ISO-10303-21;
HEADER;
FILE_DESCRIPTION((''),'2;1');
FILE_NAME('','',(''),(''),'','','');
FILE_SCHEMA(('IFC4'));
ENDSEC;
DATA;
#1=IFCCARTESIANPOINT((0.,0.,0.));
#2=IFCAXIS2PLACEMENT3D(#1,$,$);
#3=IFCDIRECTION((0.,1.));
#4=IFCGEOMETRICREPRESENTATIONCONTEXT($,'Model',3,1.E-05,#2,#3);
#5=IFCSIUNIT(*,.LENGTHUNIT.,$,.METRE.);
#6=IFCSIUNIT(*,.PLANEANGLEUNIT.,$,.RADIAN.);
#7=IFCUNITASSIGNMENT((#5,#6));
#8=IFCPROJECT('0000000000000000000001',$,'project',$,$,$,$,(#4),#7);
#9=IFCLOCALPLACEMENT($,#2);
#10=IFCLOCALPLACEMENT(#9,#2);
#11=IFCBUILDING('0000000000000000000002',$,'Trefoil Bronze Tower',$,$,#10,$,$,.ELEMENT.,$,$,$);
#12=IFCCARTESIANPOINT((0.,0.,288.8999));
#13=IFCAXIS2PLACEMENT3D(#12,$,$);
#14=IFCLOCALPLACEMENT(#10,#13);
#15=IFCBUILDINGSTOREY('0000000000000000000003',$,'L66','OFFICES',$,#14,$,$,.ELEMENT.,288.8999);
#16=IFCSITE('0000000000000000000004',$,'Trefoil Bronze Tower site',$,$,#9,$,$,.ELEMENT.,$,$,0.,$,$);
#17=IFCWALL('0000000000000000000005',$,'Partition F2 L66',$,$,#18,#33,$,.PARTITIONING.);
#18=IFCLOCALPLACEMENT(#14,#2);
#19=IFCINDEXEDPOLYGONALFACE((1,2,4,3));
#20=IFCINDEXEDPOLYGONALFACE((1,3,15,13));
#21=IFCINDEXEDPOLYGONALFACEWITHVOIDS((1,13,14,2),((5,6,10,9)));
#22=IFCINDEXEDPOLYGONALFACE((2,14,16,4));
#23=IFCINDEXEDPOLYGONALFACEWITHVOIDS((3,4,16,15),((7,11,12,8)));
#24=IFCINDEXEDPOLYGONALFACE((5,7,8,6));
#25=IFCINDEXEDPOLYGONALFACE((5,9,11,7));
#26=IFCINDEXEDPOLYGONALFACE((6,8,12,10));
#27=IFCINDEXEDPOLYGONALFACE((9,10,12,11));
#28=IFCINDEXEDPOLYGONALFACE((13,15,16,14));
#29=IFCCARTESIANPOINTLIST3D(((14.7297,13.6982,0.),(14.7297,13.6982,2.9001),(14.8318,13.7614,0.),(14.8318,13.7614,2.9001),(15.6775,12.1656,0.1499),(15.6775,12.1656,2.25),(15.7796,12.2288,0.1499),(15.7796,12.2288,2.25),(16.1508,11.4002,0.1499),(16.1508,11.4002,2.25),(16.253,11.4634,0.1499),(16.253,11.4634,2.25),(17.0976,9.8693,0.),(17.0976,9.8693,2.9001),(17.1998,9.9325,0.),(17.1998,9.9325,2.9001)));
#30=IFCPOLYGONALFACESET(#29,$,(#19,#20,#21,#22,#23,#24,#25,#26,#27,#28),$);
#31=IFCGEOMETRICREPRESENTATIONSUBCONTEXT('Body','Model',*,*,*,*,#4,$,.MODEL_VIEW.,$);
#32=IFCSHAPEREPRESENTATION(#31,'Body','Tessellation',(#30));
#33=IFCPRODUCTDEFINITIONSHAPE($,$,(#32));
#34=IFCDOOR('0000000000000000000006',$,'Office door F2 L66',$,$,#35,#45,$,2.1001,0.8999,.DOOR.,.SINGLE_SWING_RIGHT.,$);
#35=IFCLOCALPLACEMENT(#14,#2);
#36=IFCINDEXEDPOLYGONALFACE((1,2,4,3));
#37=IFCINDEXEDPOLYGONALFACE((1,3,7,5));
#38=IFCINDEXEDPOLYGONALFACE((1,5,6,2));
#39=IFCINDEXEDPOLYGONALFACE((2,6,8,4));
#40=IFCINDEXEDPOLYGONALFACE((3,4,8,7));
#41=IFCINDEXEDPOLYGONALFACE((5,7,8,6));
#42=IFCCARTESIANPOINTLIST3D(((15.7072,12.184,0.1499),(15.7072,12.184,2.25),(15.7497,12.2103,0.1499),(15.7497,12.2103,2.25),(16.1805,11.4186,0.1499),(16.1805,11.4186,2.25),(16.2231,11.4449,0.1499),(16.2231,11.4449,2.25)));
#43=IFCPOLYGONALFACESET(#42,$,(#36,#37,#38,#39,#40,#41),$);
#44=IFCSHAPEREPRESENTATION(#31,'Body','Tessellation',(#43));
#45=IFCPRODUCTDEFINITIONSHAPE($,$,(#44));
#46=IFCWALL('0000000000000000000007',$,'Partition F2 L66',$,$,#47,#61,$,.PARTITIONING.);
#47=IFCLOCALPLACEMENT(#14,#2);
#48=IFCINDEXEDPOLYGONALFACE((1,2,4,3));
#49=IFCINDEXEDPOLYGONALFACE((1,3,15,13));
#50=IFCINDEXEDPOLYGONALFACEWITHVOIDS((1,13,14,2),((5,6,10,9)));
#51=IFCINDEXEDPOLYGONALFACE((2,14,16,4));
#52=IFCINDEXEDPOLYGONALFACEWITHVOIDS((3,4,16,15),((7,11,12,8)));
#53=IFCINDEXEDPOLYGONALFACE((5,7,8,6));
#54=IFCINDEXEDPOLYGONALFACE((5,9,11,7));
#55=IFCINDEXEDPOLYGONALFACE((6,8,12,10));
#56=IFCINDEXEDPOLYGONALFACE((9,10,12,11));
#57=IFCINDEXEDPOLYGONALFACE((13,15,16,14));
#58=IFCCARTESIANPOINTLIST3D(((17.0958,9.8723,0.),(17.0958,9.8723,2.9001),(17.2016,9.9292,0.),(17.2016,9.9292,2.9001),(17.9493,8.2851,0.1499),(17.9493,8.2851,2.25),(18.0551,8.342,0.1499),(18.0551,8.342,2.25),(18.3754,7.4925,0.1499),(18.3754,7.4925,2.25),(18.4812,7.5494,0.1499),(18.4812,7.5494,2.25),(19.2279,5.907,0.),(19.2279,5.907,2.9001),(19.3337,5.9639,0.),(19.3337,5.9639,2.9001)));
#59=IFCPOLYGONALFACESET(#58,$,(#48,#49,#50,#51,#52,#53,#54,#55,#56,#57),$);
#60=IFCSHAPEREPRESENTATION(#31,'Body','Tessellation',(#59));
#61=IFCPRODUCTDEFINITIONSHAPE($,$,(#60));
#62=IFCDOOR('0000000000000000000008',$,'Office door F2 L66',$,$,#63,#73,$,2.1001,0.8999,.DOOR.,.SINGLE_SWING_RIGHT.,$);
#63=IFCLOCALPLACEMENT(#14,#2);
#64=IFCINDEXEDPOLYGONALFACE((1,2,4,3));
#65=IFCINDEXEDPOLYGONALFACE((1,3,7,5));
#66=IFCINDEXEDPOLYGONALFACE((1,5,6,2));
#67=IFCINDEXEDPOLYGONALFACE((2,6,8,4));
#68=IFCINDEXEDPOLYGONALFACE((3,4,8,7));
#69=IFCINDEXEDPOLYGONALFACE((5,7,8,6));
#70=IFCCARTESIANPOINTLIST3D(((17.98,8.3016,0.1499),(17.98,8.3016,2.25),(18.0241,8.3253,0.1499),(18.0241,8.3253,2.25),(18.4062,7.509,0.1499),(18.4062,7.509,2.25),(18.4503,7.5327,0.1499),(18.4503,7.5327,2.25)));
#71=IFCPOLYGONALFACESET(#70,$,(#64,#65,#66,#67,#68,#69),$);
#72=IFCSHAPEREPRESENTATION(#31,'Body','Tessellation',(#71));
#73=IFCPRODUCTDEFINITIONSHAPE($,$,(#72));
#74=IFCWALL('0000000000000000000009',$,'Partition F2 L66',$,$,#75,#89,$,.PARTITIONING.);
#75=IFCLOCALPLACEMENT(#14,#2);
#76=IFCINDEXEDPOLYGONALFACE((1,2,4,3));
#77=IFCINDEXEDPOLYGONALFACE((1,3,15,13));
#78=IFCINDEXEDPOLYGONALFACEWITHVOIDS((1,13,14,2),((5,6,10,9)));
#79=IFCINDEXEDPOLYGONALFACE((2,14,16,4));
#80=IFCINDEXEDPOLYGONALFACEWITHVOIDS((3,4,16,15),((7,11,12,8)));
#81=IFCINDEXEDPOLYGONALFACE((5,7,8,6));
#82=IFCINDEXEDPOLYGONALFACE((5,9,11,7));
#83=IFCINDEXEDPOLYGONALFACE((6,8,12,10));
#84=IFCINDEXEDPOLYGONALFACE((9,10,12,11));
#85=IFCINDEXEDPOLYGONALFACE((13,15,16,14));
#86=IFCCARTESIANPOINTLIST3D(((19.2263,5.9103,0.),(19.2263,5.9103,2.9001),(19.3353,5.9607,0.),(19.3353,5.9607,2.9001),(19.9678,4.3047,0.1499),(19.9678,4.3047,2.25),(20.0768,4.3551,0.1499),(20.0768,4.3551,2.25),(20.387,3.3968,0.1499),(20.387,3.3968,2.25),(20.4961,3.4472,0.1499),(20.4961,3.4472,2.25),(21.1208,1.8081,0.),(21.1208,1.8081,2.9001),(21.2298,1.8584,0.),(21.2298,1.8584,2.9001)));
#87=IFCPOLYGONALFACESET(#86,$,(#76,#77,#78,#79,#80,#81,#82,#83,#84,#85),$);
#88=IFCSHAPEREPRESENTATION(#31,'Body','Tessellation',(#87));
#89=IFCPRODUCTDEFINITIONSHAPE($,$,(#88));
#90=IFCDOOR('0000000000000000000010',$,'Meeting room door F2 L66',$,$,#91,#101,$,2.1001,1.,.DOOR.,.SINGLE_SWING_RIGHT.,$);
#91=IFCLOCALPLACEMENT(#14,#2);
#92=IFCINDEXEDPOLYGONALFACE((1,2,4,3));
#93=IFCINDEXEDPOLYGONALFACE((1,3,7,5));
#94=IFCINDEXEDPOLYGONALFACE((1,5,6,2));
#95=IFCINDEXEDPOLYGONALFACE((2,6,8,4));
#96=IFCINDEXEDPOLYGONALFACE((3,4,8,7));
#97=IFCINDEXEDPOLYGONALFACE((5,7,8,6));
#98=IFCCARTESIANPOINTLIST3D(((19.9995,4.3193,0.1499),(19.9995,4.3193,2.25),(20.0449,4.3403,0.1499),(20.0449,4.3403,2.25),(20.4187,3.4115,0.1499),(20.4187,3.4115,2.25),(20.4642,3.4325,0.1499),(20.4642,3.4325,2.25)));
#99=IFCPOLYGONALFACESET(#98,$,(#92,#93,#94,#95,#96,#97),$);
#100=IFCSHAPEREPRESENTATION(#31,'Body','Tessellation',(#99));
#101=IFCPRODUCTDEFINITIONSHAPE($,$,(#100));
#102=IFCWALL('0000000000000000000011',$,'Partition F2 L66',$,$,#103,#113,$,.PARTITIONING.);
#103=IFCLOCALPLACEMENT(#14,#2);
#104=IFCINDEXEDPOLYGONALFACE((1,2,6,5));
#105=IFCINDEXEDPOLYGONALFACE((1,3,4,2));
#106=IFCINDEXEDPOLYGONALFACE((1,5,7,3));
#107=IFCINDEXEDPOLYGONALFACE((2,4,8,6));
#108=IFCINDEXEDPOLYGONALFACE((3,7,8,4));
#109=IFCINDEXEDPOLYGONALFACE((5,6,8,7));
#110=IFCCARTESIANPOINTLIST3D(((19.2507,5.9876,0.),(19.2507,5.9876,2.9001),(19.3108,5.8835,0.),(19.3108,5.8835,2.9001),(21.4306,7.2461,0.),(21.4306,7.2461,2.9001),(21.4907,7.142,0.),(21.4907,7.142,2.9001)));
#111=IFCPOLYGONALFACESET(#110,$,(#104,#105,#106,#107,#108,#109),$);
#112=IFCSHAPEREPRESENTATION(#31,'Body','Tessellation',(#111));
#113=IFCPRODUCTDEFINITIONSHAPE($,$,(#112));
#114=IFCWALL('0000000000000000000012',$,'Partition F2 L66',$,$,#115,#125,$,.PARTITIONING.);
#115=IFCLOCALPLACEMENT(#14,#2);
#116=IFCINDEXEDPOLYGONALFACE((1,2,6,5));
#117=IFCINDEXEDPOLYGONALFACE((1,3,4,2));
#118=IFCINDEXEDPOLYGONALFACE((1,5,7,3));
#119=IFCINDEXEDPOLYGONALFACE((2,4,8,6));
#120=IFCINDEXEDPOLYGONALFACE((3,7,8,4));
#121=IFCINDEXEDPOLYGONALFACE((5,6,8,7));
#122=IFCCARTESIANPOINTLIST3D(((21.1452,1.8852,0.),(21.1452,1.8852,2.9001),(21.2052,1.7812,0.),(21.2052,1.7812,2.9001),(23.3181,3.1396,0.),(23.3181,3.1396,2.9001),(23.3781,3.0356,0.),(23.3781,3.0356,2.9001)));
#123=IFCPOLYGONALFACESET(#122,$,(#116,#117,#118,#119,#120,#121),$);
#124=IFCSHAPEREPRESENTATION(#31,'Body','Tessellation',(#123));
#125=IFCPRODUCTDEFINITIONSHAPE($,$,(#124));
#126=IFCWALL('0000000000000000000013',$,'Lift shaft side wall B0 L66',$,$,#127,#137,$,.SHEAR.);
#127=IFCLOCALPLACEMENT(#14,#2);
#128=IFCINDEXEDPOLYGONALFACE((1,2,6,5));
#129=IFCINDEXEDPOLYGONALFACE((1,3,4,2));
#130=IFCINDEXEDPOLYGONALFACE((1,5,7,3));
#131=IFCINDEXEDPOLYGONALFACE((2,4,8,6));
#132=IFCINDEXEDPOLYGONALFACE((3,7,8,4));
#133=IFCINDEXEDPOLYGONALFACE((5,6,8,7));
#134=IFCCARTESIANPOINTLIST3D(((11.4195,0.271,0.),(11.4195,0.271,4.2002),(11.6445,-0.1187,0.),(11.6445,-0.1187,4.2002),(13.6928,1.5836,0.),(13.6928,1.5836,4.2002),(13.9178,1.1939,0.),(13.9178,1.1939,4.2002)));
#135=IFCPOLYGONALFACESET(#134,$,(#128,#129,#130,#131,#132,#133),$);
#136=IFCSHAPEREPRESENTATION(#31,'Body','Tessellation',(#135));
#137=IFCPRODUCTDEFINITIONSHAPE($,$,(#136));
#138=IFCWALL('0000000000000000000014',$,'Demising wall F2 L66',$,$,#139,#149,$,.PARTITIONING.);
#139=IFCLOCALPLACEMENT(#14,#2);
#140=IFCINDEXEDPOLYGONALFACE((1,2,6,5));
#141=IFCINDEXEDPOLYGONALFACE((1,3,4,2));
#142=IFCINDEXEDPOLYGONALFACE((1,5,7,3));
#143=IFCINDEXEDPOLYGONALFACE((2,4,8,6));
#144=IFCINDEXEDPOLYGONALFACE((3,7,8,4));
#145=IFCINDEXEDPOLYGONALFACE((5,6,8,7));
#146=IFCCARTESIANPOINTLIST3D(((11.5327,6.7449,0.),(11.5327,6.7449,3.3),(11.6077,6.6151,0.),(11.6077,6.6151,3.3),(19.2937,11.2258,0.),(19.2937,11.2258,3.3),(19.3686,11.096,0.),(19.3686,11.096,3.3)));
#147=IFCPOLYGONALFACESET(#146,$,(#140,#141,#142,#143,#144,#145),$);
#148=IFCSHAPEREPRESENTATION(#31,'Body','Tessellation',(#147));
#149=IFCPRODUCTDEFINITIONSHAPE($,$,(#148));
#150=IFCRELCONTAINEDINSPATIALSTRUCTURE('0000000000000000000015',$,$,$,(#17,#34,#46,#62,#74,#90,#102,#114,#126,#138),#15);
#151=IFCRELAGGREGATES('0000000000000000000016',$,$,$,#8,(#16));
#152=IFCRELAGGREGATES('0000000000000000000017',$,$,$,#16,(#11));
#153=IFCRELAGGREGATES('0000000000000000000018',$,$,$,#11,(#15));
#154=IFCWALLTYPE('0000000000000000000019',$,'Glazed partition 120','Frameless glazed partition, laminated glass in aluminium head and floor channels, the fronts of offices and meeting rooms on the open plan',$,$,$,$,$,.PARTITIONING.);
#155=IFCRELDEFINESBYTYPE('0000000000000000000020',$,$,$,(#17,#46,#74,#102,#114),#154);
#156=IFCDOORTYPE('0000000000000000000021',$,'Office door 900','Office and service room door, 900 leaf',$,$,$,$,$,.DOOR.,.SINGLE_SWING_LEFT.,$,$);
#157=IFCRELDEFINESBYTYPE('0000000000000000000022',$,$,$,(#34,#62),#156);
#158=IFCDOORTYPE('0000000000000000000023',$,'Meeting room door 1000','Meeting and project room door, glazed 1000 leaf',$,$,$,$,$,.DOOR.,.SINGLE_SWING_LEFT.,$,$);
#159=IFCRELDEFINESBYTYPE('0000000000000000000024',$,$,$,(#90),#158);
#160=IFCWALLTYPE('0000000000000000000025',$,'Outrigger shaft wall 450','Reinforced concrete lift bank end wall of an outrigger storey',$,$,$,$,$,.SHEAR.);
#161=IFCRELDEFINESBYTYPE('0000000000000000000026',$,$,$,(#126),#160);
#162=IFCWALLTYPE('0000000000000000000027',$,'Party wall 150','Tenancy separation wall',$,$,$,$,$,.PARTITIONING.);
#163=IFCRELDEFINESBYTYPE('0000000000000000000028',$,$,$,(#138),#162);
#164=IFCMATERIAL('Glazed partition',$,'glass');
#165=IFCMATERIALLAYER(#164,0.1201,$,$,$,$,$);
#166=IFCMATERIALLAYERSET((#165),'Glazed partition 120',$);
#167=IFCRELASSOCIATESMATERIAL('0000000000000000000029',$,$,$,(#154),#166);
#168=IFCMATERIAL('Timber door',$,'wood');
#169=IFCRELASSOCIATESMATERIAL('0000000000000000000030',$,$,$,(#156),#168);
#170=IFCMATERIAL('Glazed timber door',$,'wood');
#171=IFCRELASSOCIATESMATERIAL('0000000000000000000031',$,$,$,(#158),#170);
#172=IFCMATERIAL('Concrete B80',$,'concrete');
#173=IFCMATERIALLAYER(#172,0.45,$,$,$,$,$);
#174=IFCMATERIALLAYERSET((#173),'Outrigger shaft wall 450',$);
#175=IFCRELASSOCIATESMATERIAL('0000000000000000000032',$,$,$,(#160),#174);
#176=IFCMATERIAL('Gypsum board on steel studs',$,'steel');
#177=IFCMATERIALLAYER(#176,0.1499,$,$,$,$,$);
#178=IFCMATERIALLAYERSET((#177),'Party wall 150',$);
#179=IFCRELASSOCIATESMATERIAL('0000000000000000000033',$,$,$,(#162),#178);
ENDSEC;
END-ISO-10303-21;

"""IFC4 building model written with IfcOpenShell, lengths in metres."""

from ifc_helpers import new_model, si_unit, direction, frame, frame_2d, origin, place, context, subcontext, project, spatial, rectangle, extrude, material, layer, layer_set, type_object, element, fill, save


model = new_model("IFC4")

# Units and contexts
model_context = context("Model", 3, precision=1e-05, world=origin(), true_north=direction((0.0, 1.0)))
body_context = subcontext(model_context, "Body", "Model", "MODEL_VIEW")
ifc_project = project(units=[si_unit("LENGTHUNIT", "METRE"), si_unit("PLANEANGLEUNIT", "RADIAN")], contexts=[model_context])

# Site, building, storey
site_placement = place(None, origin())
site = spatial("IfcSite", under=ifc_project, at=site_placement, Name="Trefoil Bronze Tower site", CompositionType="ELEMENT", RefElevation=0.0)
building_placement = place(site_placement, origin())
building = spatial("IfcBuilding", under=site, at=building_placement, Name="Trefoil Bronze Tower", CompositionType="ELEMENT")
storey_placement = place(building_placement, frame((0.0, 0.0, 288.8999)))
storey = spatial("IfcBuildingStorey", under=building, at=storey_placement, Name="L66", Description="OFFICES", CompositionType="ELEMENT", Elevation=288.8999)

# Walls, openings, doors
ifc_material_1 = material(Name="Glazed partition", Category="glass")
ifc_layer_1 = layer(ifc_material_1, 0.1201)
ifc_layer_set_1 = layer_set([ifc_layer_1], Name="Glazed partition 120")
wall_type_1 = type_object("IfcWallType", Name="Glazed partition 120", Description="Frameless glazed partition, laminated glass in aluminium head and floor channels, the fronts of offices and meeting rooms on the open plan", PredefinedType="PARTITIONING", material=ifc_layer_set_1)
wall_1_placement = place(storey_placement, frame((17.1487, 9.9009, 0.0), z_axis=(0.0, 0.0, 1.0), x_axis=(-0.525981, 0.850496, 0.0)))
wall_1 = element("IfcWall", 1, at=wall_1_placement, inside=storey, type_object=wall_type_1, Name="Partition F2 L66", PredefinedType="PARTITIONING", context=body_context, shape_type="SweptSolid", body=[
    extrude(rectangle(XDim=4.502, YDim=0.1201, at=frame_2d((2.251, 0.0))), origin(), (0.0, 0.0, 1.0), 2.9001),
])
opening_1_placement = place(wall_1_placement, frame((1.8, 0.0, 0.1499)))
opening_1 = element("IfcOpeningElement", 2, at=opening_1_placement, cuts=wall_1, PredefinedType="OPENING", context=body_context, shape_type="SweptSolid", body=[
    extrude(rectangle(XDim=0.8999, YDim=2.1001, at=frame_2d((0.45, 1.05))), frame((0.0, 0.0701, 0.0), z_axis=(0.0, -1.0, 0.0), x_axis=(1.0, 0.0, 0.0)), (0.0, 0.0, 1.0), 0.1401),
])
ifc_material_2 = material(Name="Timber door", Category="wood")
door_type_1 = type_object("IfcDoorType", Name="Office door 900", Description="Office and service room door, 900 leaf", OperationType="SINGLE_SWING_LEFT", PredefinedType="DOOR", material=ifc_material_2)
door_1_placement = place(opening_1_placement, frame((0.8999, 0.0, 0.0), z_axis=(0.0, 0.0, 1.0), x_axis=(-1.0, 0.0, 0.0)))
door_1 = element("IfcDoor", 3, at=door_1_placement, inside=storey, type_object=door_type_1, Name="Office door F2 L66", OperationType="SINGLE_SWING_RIGHT", OverallHeight=2.1001, OverallWidth=0.8999, PredefinedType="DOOR", context=body_context, shape_type="SweptSolid", body=[
    extrude(rectangle(XDim=0.8999, YDim=2.1001, at=frame_2d((0.45, 1.05))), frame((0.0, 0.0249, 0.0), z_axis=(0.0, -1.0, 0.0), x_axis=(1.0, 0.0, 0.0)), (0.0, 0.0, 1.0), 0.05),
])
fill(opening_1, door_1)
wall_2_placement = place(storey_placement, frame((19.2808, 5.9355, 0.0), z_axis=(0.0, 0.0, 1.0), x_axis=(-0.473566, 0.880758, 0.0)))
wall_2 = element("IfcWall", 4, at=wall_2_placement, inside=storey, type_object=wall_type_1, Name="Partition F2 L66", PredefinedType="PARTITIONING", context=body_context, shape_type="SweptSolid", body=[
    extrude(rectangle(XDim=4.5022, YDim=0.1201, at=frame_2d((2.251, 0.0))), origin(), (0.0, 0.0, 1.0), 2.9001),
])
opening_2_placement = place(wall_2_placement, frame((1.8, 0.0, 0.1499)))
opening_2 = element("IfcOpeningElement", 5, at=opening_2_placement, cuts=wall_2, PredefinedType="OPENING", context=body_context, shape_type="SweptSolid", body=[
    extrude(rectangle(XDim=0.8999, YDim=2.1001, at=frame_2d((0.45, 1.05))), frame((0.0, 0.0701, 0.0), z_axis=(0.0, -1.0, 0.0), x_axis=(1.0, 0.0, 0.0)), (0.0, 0.0, 1.0), 0.1401),
])
door_2_placement = place(opening_2_placement, frame((0.8999, 0.0, 0.0), z_axis=(0.0, 0.0, 1.0), x_axis=(-1.0, 0.0, 0.0)))
door_2 = element("IfcDoor", 6, at=door_2_placement, inside=storey, type_object=door_type_1, Name="Office door F2 L66", OperationType="SINGLE_SWING_RIGHT", OverallHeight=2.1001, OverallWidth=0.8999, PredefinedType="DOOR", context=body_context, shape_type="SweptSolid", body=[
    extrude(rectangle(XDim=0.8999, YDim=2.1001, at=frame_2d((0.45, 1.05))), frame((0.0, 0.0249, 0.0), z_axis=(0.0, -1.0, 0.0), x_axis=(1.0, 0.0, 0.0)), (0.0, 0.0, 1.0), 0.05),
])
fill(opening_2, door_2)
wall_3_placement = place(storey_placement, frame((21.1753, 1.8333, 0.0), z_axis=(0.0, 0.0, 1.0), x_axis=(-0.419271, 0.907861, 0.0)))
wall_3 = element("IfcWall", 7, at=wall_3_placement, inside=storey, type_object=wall_type_1, Name="Partition F2 L66", PredefinedType="PARTITIONING", context=body_context, shape_type="SweptSolid", body=[
    extrude(rectangle(XDim=4.5186, YDim=0.1201, at=frame_2d((2.2593, 0.0))), origin(), (0.0, 0.0, 1.0), 2.9001),
])
opening_3_placement = place(wall_3_placement, frame((1.75, 0.0, 0.1499)))
opening_3 = element("IfcOpeningElement", 8, at=opening_3_placement, cuts=wall_3, PredefinedType="OPENING", context=body_context, shape_type="SweptSolid", body=[
    extrude(rectangle(XDim=1.0, YDim=2.1001, at=frame_2d((0.5, 1.05))), frame((0.0, 0.0701, 0.0), z_axis=(0.0, -1.0, 0.0), x_axis=(1.0, 0.0, 0.0)), (0.0, 0.0, 1.0), 0.1401),
])
ifc_material_3 = material(Name="Glazed timber door", Category="wood")
door_type_2 = type_object("IfcDoorType", Name="Meeting room door 1000", Description="Meeting and project room door, glazed 1000 leaf", OperationType="SINGLE_SWING_LEFT", PredefinedType="DOOR", material=ifc_material_3)
door_3_placement = place(opening_3_placement, frame((1.0, 0.0, 0.0), z_axis=(0.0, 0.0, 1.0), x_axis=(-1.0, 0.0, 0.0)))
door_3 = element("IfcDoor", 9, at=door_3_placement, inside=storey, type_object=door_type_2, Name="Meeting room door F2 L66", OperationType="SINGLE_SWING_RIGHT", OverallHeight=2.1001, OverallWidth=1.0, PredefinedType="DOOR", context=body_context, shape_type="SweptSolid", body=[
    extrude(rectangle(XDim=1.0, YDim=2.1001, at=frame_2d((0.5, 1.05))), frame((0.0, 0.0249, 0.0), z_axis=(0.0, -1.0, 0.0), x_axis=(1.0, 0.0, 0.0)), (0.0, 0.0, 1.0), 0.05),
])
fill(opening_3, door_3)

# Walls
wall_4_placement = place(storey_placement, frame((19.2808, 5.9355, 0.0), z_axis=(0.0, 0.0, 1.0), x_axis=(0.866032, 0.499988, 0.0)))
element("IfcWall", 10, at=wall_4_placement, inside=storey, type_object=wall_type_1, Name="Partition F2 L66", PredefinedType="PARTITIONING", context=body_context, shape_type="SweptSolid", body=[
    extrude(rectangle(XDim=2.5171, YDim=0.1201, at=frame_2d((1.2585, 0.0))), origin(), (0.0, 0.0, 1.0), 2.9001),
])
wall_5_placement = place(storey_placement, frame((21.1753, 1.8333, 0.0), z_axis=(0.0, 0.0, 1.0), x_axis=(0.866043, 0.49997, 0.0)))
element("IfcWall", 11, at=wall_5_placement, inside=storey, type_object=wall_type_1, Name="Partition F2 L66", PredefinedType="PARTITIONING", context=body_context, shape_type="SweptSolid", body=[
    extrude(rectangle(XDim=2.509, YDim=0.1201, at=frame_2d((1.2544, 0.0))), origin(), (0.0, 0.0, 1.0), 2.9001),
])
ifc_material_4 = material(Name="Concrete B80", Category="concrete")
ifc_layer_2 = layer(ifc_material_4, 0.45)
ifc_layer_set_2 = layer_set([ifc_layer_2], Name="Outrigger shaft wall 450")
wall_type_2 = type_object("IfcWallType", Name="Outrigger shaft wall 450", Description="Reinforced concrete lift bank end wall of an outrigger storey", PredefinedType="SHEAR", material=ifc_layer_set_2)
wall_6_placement = place(storey_placement, frame((11.532, 0.0762, 0.0), z_axis=(0.0, 0.0, 1.0), x_axis=(0.866014, 0.50002, 0.0)))
element("IfcWall", 12, at=wall_6_placement, inside=storey, type_object=wall_type_2, Name="Lift shaft side wall B0 L66", PredefinedType="SHEAR", context=body_context, shape_type="SweptSolid", body=[
    extrude(rectangle(XDim=2.625, YDim=0.45, at=frame_2d((1.3125, 0.0))), origin(), (0.0, 0.0, 1.0), 4.2002),
])
ifc_material_5 = material(Name="Gypsum board on steel studs", Category="steel")
ifc_layer_3 = layer(ifc_material_5, 0.1499)
ifc_layer_set_3 = layer_set([ifc_layer_3], Name="Party wall 150")
wall_type_3 = type_object("IfcWallType", Name="Party wall 150", Description="Tenancy separation wall", PredefinedType="PARTITIONING", material=ifc_layer_set_3)
wall_7_placement = place(storey_placement, frame((11.5701, 6.6799, 0.0), z_axis=(0.0, 0.0, 1.0), x_axis=(0.866018, 0.500013, 0.0)))
element("IfcWall", 13, at=wall_7_placement, inside=storey, type_object=wall_type_3, Name="Demising wall F2 L66", PredefinedType="PARTITIONING", context=body_context, shape_type="SweptSolid", body=[
    extrude(rectangle(XDim=8.9617, YDim=0.1499, at=frame_2d((4.481, 0.0))), origin(), (0.0, 0.0, 1.0), 3.3),
])

save(model, "model.ifc")
